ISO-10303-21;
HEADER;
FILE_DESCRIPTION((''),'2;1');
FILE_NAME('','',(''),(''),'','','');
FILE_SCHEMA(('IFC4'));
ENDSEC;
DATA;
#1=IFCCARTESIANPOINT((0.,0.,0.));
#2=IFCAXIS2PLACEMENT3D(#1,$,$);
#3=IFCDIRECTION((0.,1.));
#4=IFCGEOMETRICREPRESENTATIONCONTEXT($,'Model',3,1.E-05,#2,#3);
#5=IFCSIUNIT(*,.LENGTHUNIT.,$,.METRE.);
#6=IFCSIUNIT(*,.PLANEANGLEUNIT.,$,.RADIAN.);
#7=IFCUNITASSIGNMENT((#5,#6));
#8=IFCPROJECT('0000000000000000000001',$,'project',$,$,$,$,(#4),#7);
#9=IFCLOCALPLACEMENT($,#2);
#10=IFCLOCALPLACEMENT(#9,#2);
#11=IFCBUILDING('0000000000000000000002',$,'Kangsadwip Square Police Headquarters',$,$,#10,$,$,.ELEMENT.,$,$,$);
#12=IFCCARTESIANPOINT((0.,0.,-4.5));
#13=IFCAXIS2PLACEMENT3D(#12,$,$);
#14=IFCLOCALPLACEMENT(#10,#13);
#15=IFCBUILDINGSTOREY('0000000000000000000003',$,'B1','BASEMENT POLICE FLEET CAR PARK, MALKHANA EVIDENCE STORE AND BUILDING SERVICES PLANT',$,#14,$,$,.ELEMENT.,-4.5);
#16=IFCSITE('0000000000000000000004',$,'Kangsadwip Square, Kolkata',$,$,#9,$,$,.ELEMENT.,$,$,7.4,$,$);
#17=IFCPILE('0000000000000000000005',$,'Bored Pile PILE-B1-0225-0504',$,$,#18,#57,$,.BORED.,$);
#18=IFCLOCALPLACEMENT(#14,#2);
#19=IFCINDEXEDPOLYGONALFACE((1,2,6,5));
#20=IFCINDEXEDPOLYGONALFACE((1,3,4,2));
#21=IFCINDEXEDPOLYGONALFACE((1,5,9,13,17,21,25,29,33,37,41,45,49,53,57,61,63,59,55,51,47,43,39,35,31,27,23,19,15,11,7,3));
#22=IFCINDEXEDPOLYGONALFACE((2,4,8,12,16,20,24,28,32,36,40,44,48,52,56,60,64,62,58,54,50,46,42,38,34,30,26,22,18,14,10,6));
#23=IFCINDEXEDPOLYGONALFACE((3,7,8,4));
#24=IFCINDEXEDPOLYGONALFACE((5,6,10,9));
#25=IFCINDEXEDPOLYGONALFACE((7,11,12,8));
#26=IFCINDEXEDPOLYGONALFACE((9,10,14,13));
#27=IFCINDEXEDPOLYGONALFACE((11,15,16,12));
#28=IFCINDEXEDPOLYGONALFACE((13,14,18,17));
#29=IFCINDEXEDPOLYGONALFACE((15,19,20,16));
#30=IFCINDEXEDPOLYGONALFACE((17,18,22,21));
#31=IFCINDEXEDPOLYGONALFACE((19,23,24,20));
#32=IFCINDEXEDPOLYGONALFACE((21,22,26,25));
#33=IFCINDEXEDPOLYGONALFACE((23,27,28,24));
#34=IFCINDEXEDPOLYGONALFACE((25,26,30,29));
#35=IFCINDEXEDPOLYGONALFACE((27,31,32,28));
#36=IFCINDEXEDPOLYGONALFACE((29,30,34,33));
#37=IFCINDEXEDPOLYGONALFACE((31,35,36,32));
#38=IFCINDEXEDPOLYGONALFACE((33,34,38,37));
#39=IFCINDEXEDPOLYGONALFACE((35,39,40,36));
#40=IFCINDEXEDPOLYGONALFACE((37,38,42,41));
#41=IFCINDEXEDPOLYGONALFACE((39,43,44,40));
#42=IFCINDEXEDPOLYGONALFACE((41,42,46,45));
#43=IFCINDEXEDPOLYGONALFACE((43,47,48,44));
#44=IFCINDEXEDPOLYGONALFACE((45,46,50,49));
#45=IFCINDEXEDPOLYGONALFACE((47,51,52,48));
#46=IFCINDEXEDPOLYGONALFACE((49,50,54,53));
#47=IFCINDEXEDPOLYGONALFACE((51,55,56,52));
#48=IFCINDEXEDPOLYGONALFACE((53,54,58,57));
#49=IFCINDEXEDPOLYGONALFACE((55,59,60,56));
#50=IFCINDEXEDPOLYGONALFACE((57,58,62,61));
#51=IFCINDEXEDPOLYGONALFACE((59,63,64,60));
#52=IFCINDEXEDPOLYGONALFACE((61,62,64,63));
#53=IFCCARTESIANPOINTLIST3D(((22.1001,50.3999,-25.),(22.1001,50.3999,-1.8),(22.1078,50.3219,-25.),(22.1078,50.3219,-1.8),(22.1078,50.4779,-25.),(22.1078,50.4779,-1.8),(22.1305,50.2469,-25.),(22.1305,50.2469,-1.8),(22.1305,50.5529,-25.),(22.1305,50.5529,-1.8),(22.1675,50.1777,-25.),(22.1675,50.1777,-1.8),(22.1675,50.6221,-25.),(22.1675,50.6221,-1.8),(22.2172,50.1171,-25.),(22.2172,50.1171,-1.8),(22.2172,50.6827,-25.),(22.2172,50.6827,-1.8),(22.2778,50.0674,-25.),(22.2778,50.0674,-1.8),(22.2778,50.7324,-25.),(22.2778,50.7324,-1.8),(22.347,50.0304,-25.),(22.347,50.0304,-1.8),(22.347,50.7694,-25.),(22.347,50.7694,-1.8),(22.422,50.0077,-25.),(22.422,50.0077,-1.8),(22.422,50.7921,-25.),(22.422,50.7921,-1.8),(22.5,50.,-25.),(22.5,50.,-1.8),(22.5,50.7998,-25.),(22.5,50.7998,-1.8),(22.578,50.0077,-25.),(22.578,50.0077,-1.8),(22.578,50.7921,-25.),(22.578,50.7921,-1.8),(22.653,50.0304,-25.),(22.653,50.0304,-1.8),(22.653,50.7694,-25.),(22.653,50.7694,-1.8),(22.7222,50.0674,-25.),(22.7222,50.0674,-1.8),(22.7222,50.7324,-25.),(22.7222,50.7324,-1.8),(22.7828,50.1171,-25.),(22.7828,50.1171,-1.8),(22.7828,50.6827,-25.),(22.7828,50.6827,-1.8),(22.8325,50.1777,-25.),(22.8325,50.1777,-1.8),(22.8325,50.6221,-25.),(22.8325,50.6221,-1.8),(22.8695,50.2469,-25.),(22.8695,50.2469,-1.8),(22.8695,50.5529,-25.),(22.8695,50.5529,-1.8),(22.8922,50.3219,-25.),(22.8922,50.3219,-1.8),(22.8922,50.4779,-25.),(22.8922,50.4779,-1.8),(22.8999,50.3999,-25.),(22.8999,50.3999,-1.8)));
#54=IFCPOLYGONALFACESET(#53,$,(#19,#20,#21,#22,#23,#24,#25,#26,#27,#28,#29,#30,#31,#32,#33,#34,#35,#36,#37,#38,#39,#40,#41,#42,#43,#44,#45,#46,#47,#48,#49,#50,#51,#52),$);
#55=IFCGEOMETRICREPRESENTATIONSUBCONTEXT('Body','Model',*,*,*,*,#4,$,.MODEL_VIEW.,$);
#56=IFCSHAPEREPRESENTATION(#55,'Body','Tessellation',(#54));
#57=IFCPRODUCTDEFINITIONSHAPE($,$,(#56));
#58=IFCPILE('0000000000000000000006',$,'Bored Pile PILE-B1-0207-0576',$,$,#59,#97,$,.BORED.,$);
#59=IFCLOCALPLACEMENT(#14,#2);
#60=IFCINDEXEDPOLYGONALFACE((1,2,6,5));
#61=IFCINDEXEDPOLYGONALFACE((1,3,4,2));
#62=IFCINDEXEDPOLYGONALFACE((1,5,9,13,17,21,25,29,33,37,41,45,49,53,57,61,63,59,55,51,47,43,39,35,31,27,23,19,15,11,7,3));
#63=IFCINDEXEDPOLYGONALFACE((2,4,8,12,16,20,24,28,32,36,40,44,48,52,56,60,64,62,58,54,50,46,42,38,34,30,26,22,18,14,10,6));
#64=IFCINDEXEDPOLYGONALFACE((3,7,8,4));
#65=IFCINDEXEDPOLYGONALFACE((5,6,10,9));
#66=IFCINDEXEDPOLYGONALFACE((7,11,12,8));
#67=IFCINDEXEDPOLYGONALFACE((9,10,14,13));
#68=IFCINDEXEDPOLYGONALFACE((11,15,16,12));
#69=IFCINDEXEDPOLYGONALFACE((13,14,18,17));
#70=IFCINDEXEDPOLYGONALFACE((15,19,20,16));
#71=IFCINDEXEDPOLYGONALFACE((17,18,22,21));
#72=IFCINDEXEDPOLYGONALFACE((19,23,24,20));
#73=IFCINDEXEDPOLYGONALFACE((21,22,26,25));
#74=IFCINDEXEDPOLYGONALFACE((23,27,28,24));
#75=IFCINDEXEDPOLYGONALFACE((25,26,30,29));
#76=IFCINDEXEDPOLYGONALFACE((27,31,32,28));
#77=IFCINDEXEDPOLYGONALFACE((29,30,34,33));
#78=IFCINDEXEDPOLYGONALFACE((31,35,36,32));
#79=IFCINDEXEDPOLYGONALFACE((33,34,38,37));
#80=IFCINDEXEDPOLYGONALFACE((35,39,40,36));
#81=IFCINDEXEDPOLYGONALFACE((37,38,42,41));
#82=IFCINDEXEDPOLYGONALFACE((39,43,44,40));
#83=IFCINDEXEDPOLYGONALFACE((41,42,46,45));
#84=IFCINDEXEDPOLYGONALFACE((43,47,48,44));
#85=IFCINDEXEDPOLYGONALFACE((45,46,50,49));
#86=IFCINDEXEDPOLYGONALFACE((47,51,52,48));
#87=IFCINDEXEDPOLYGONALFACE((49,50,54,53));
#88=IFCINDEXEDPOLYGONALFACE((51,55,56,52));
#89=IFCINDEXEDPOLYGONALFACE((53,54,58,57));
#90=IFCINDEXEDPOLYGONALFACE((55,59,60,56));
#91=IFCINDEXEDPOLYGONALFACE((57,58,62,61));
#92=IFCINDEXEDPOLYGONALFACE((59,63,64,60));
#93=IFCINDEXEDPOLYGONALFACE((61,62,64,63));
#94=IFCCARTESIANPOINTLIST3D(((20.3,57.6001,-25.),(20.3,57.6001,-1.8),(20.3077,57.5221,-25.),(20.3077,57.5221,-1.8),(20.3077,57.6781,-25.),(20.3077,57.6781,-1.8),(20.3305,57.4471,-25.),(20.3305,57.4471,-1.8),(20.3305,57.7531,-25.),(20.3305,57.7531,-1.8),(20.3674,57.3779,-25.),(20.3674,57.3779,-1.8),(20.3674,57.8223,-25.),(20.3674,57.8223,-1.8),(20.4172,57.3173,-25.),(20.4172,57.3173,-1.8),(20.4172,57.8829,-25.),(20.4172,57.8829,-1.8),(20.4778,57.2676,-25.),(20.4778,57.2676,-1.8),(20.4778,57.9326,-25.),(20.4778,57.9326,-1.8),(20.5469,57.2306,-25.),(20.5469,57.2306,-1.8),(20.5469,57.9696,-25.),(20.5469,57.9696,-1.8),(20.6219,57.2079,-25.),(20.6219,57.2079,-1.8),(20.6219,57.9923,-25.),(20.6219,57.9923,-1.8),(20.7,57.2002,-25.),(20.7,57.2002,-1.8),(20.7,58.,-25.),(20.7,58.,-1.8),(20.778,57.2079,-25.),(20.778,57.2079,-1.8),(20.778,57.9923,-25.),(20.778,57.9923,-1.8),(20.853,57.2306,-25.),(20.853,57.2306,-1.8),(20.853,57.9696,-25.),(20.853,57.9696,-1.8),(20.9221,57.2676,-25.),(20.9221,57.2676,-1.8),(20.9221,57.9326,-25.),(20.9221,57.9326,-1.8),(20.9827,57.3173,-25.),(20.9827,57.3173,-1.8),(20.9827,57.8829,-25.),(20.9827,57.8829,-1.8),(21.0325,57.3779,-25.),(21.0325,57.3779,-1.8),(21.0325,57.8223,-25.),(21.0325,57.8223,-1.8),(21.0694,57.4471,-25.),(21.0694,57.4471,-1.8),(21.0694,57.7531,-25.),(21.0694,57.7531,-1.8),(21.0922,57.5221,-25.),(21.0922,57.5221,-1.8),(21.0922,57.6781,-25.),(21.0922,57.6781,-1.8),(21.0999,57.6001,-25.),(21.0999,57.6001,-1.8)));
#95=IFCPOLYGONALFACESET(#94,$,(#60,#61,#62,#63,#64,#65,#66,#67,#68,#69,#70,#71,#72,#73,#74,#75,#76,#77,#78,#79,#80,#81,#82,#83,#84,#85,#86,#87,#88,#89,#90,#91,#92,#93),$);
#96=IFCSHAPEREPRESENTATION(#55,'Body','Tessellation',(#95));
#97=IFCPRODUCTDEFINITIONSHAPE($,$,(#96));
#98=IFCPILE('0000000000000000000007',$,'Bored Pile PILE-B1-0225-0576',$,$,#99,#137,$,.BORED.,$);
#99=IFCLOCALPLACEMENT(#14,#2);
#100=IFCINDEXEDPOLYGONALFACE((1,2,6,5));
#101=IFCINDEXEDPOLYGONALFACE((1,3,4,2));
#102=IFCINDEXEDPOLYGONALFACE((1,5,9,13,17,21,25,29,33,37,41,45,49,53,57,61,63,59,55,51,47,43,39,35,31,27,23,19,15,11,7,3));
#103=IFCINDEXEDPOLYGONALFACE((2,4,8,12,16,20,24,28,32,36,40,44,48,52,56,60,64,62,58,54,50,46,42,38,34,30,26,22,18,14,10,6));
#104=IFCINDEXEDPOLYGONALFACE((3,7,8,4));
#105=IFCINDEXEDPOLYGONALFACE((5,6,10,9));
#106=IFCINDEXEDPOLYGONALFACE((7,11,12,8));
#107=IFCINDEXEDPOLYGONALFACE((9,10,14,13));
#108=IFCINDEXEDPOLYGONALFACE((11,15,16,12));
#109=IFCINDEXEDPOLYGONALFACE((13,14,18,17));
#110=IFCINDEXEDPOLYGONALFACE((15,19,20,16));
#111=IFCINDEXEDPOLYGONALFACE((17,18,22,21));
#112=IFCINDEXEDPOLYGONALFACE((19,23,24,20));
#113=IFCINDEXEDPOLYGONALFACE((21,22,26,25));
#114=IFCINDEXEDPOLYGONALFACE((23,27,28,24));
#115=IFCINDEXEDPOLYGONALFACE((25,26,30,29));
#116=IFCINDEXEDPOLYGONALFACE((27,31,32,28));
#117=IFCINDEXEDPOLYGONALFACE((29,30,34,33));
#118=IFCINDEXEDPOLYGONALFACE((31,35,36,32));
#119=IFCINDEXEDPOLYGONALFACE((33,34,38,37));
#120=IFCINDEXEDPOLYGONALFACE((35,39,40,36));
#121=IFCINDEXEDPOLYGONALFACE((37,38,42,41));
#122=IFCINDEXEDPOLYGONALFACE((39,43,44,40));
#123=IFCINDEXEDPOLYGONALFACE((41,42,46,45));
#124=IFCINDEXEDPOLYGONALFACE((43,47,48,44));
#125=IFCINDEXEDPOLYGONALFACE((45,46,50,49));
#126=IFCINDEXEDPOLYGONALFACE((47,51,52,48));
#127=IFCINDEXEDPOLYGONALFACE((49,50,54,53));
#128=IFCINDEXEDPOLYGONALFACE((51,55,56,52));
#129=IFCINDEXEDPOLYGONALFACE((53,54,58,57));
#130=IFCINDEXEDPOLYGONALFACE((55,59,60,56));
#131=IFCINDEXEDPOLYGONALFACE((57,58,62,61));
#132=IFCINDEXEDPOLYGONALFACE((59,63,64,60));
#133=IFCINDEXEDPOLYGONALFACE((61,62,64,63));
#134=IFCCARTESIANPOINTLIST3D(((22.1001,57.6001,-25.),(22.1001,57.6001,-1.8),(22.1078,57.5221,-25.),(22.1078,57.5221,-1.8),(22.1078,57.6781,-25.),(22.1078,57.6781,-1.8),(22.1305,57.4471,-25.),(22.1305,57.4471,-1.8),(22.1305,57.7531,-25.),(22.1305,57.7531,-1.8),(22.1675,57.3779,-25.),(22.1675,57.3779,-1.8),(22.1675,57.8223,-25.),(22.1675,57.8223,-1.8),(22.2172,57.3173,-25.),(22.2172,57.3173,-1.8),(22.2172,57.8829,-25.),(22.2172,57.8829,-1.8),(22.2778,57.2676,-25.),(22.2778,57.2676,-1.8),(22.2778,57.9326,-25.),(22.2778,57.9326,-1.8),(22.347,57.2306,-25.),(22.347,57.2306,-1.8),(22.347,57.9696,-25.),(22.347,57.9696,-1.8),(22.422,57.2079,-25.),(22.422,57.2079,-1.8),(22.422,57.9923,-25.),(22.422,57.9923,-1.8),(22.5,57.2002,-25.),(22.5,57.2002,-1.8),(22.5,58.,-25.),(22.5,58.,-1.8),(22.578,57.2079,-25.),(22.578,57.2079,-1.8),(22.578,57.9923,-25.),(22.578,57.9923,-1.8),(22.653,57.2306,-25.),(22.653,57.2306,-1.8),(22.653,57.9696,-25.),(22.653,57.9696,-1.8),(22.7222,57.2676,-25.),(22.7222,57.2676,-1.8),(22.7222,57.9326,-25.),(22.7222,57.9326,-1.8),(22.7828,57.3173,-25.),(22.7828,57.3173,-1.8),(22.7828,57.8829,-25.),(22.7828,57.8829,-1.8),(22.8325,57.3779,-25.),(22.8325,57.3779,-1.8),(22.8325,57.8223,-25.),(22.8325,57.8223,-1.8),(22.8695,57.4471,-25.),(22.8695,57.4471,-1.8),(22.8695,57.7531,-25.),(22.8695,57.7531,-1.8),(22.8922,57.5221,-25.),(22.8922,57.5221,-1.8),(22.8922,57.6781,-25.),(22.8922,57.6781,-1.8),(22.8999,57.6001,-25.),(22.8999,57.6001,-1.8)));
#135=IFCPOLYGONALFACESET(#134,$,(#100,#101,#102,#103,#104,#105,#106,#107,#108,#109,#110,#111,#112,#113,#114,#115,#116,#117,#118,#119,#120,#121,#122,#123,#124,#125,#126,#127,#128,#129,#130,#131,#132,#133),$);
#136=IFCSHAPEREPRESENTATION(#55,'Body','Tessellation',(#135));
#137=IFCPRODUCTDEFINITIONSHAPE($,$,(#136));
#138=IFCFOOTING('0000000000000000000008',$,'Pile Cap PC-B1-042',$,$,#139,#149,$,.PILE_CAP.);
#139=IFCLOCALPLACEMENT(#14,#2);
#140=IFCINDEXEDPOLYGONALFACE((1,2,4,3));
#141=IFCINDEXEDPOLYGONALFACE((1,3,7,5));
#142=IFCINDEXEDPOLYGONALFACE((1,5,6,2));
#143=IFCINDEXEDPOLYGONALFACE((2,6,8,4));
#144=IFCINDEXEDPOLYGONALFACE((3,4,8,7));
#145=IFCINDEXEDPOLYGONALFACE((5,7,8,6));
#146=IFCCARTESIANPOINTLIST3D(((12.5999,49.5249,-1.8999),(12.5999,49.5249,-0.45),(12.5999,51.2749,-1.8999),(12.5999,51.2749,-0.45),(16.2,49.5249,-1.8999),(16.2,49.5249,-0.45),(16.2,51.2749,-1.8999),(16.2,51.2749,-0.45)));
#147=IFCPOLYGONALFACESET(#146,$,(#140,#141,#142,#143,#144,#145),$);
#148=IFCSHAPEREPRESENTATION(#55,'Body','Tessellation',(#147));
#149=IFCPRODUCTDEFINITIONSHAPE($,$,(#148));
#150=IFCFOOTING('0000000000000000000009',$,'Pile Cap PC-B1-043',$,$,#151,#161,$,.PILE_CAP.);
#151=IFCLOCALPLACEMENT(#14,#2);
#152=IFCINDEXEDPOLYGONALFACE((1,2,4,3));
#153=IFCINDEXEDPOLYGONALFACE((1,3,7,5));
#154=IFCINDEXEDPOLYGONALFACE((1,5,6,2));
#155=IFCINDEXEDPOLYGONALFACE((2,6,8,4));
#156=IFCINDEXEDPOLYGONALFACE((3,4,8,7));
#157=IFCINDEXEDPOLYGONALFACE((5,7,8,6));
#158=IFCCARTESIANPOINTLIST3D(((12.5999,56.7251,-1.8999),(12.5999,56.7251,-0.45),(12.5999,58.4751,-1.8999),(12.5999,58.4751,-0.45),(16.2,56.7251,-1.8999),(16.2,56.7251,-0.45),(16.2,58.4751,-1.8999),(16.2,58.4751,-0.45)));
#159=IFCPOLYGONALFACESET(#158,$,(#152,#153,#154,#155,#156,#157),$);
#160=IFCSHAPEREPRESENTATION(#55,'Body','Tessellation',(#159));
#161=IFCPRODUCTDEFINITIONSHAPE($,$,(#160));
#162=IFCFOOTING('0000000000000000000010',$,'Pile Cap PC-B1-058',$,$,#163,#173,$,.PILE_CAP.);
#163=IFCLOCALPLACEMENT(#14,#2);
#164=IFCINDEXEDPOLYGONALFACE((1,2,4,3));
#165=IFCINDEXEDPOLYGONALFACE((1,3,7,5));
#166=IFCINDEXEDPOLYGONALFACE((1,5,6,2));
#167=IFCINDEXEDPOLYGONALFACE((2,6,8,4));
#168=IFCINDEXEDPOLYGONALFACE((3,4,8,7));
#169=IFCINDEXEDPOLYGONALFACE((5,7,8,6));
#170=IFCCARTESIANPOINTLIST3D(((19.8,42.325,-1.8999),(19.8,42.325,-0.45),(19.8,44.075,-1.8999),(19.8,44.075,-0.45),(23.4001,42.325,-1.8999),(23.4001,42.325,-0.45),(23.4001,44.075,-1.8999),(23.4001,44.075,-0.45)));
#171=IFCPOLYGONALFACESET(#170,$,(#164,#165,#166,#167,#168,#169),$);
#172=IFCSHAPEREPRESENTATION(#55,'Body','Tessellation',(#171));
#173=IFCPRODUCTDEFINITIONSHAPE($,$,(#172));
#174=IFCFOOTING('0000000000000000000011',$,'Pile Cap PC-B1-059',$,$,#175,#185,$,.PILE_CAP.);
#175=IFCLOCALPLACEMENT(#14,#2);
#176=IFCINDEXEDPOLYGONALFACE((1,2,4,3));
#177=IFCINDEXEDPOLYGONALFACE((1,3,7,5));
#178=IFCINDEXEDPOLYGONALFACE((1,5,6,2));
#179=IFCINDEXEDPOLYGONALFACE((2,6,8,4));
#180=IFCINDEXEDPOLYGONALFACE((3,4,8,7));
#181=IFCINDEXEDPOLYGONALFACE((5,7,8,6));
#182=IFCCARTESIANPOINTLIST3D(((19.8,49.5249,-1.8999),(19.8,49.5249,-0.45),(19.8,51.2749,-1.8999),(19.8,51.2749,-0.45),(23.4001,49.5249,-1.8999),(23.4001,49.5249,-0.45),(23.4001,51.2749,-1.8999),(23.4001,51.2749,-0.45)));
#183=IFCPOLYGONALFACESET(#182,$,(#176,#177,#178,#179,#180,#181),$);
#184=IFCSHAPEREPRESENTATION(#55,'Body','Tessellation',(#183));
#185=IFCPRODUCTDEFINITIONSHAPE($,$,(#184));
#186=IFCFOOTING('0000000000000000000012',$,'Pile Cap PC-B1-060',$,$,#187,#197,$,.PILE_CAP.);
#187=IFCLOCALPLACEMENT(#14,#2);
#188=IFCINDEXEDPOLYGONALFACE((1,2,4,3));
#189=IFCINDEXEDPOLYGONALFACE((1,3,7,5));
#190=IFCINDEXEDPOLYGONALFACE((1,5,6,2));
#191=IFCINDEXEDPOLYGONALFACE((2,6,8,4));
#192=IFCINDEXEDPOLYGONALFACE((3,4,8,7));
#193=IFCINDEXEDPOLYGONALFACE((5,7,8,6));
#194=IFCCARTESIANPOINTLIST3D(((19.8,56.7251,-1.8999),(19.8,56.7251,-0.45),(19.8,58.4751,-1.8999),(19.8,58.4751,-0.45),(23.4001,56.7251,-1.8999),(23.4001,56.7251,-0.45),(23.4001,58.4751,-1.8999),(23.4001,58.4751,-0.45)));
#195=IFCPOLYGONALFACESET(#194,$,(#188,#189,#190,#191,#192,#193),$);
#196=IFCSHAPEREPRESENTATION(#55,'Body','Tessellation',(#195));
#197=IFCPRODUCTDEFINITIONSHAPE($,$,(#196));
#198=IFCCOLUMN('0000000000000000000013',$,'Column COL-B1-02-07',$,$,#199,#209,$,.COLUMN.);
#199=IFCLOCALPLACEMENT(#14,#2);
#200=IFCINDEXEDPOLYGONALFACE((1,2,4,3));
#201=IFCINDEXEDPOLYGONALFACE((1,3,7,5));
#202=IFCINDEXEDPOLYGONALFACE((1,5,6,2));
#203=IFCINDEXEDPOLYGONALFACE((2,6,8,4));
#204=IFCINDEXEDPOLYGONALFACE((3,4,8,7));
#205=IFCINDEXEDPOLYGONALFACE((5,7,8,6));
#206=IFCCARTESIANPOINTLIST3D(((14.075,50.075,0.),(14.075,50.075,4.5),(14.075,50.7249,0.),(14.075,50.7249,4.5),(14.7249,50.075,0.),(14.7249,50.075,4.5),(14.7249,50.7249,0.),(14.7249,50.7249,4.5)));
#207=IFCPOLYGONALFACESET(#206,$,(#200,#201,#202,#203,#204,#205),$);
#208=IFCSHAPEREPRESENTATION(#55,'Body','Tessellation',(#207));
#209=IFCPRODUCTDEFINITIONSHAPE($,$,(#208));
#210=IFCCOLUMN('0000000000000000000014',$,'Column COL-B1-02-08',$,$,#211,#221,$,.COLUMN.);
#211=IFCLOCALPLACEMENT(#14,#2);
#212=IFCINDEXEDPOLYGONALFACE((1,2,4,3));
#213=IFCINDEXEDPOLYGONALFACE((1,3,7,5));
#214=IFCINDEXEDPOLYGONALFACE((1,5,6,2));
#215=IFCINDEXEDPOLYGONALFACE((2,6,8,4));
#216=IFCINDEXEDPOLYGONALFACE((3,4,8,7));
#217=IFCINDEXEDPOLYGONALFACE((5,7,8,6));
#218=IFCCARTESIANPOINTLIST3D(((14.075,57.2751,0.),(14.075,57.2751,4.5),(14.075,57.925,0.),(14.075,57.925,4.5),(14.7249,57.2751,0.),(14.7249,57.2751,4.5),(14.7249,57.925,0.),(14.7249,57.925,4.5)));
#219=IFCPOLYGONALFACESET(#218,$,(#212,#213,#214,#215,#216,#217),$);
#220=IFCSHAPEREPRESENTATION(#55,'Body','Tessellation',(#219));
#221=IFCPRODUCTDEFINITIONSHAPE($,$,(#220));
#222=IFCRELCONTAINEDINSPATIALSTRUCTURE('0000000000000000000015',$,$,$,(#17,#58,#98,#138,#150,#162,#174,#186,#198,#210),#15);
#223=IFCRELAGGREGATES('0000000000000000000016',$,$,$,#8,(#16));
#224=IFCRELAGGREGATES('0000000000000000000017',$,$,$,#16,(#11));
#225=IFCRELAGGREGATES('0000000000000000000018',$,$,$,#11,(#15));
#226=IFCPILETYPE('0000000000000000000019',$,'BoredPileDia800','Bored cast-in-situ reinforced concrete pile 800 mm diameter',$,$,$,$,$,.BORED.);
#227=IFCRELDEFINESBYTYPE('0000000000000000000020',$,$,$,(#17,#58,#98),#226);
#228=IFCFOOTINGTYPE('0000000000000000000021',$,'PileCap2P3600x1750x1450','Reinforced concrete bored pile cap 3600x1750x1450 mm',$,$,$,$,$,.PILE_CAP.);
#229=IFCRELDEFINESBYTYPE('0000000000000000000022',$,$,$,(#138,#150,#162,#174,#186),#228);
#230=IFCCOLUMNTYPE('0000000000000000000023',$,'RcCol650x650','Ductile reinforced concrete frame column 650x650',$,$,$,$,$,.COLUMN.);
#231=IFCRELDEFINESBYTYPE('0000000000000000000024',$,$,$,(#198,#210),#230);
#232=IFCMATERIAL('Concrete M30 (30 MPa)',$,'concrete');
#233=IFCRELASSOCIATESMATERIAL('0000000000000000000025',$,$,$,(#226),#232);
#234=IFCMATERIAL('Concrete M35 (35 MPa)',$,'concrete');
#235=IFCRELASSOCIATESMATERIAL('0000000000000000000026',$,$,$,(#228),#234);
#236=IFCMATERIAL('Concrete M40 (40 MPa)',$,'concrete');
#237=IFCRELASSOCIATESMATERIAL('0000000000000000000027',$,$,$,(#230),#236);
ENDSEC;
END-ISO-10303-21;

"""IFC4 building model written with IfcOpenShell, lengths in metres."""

from ifc_helpers import new_model, si_unit, direction, frame, origin, origin_2d, place, context, subcontext, project, spatial, rectangle, circle, extrude, material, material_profile, profile_set, type_object, element, save


model = new_model("IFC4")

# Units and contexts
model_context = context("Model", 3, precision=1e-05, world=origin(), true_north=direction((0.0, 1.0)))
body_context = subcontext(model_context, "Body", "Model", "MODEL_VIEW")
ifc_project = project(units=[si_unit("LENGTHUNIT", "METRE"), si_unit("PLANEANGLEUNIT", "RADIAN")], contexts=[model_context])

# Site, building, storey
site_placement = place(None, origin())
site = spatial("IfcSite", under=ifc_project, at=site_placement, Name="Kangsadwip Square, Kolkata", CompositionType="ELEMENT", RefElevation=7.4)
building_placement = place(site_placement, origin())
building = spatial("IfcBuilding", under=site, at=building_placement, Name="Kangsadwip Square Police Headquarters", CompositionType="ELEMENT")
storey_placement = place(building_placement, frame((0.0, 0.0, -4.5)))
storey = spatial("IfcBuildingStorey", under=building, at=storey_placement, Name="B1", Description="BASEMENT POLICE FLEET CAR PARK, MALKHANA EVIDENCE STORE AND BUILDING SERVICES PLANT", CompositionType="ELEMENT", Elevation=-4.5)

# Piles
ifc_material_1 = material(Name="Concrete M30 (30 MPa)", Category="concrete")
ifc_material_profile_1 = material_profile(ifc_material_1, circle(Radius=0.3999, at=origin_2d()), Name="PILE DIA 800")
ifc_profile_set_1 = profile_set([ifc_material_profile_1], Name="Concrete M30 (30 MPa)")
pile_type = type_object("IfcPileType", Name="BoredPileDia800", Description="Bored cast-in-situ reinforced concrete pile 800 mm diameter", PredefinedType="BORED", material=ifc_profile_set_1)
for number, where, z_axis, x_axis, name in (
    (1, (22.5, 50.3999, -1.8), (0.0, 0.0, -1.0), (1.0, 0.0, 0.0), "Bored Pile PILE-B1-0225-0504"),
    (2, (20.7, 57.6001, -1.8), (0.0, 0.0, -1.0), (1.0, 0.0, 0.0), "Bored Pile PILE-B1-0207-0576"),
    (3, (22.5, 57.6001, -1.8), (0.0, 0.0, -1.0), (1.0, 0.0, 0.0), "Bored Pile PILE-B1-0225-0576"),
):
    element("IfcPile", number, at=place(storey_placement, frame(where, z_axis=z_axis, x_axis=x_axis)), inside=storey, type_object=pile_type, Name=name, PredefinedType="BORED", context=body_context, shape_type="SweptSolid", body=[
        extrude(circle(Radius=0.3999, at=origin_2d()), origin(), (0.0, 0.0, 1.0), 23.2),
    ])

# Footings
ifc_material_2 = material(Name="Concrete M35 (35 MPa)", Category="concrete")
footing_type = type_object("IfcFootingType", Name="PileCap2P3600x1750x1450", Description="Reinforced concrete bored pile cap 3600x1750x1450 mm", PredefinedType="PILE_CAP", material=ifc_material_2)
for number, where, z_axis, x_axis, name in (
    (4, (14.3999, 50.3999, -1.8999), (0.0, 0.0, 1.0), (1.0, 0.0, 0.0), "Pile Cap PC-B1-042"),
    (5, (14.3999, 57.6001, -1.8999), (0.0, 0.0, 1.0), (1.0, 0.0, 0.0), "Pile Cap PC-B1-043"),
    (6, (21.6001, 43.2, -1.8999), (0.0, 0.0, 1.0), (1.0, 0.0, 0.0), "Pile Cap PC-B1-058"),
    (7, (21.6001, 50.3999, -1.8999), (0.0, 0.0, 1.0), (1.0, 0.0, 0.0), "Pile Cap PC-B1-059"),
    (8, (21.6001, 57.6001, -1.8999), (0.0, 0.0, 1.0), (1.0, 0.0, 0.0), "Pile Cap PC-B1-060"),
):
    element("IfcFooting", number, at=place(storey_placement, frame(where, z_axis=z_axis, x_axis=x_axis)), inside=storey, type_object=footing_type, Name=name, PredefinedType="PILE_CAP", context=body_context, shape_type="SweptSolid", body=[
        extrude(rectangle(XDim=3.6001, YDim=1.75, at=origin_2d()), origin(), (0.0, 0.0, 1.0), 1.45),
    ])

# Columns
ifc_material_3 = material(Name="Concrete M40 (40 MPa)", Category="concrete")
ifc_material_profile_2 = material_profile(ifc_material_3, rectangle(XDim=0.6499, YDim=0.6499, at=origin_2d()), Name="RC COL 650X650")
ifc_profile_set_2 = profile_set([ifc_material_profile_2], Name="Concrete M40 (40 MPa)")
column_type_1 = type_object("IfcColumnType", Name="RcCol650x650", Description="Ductile reinforced concrete frame column 650x650", PredefinedType="COLUMN", material=ifc_profile_set_2)
for number, where, z_axis, x_axis, name in (
    (9, (14.3999, 50.3999, 0.0), (0.0, 0.0, 1.0), (1.0, 0.0, 0.0), "Column COL-B1-02-07"),
    (10, (14.3999, 57.6001, 0.0), (0.0, 0.0, 1.0), (1.0, 0.0, 0.0), "Column COL-B1-02-08"),
):
    element("IfcColumn", number, at=place(storey_placement, frame(where, z_axis=z_axis, x_axis=x_axis)), inside=storey, type_object=column_type_1, Name=name, PredefinedType="COLUMN", context=body_context, shape_type="SweptSolid", body=[
        extrude(rectangle(XDim=0.6499, YDim=0.6499, at=origin_2d()), origin(), (0.0, 0.0, 1.0), 4.5),
    ])

save(model, "model.ifc")
